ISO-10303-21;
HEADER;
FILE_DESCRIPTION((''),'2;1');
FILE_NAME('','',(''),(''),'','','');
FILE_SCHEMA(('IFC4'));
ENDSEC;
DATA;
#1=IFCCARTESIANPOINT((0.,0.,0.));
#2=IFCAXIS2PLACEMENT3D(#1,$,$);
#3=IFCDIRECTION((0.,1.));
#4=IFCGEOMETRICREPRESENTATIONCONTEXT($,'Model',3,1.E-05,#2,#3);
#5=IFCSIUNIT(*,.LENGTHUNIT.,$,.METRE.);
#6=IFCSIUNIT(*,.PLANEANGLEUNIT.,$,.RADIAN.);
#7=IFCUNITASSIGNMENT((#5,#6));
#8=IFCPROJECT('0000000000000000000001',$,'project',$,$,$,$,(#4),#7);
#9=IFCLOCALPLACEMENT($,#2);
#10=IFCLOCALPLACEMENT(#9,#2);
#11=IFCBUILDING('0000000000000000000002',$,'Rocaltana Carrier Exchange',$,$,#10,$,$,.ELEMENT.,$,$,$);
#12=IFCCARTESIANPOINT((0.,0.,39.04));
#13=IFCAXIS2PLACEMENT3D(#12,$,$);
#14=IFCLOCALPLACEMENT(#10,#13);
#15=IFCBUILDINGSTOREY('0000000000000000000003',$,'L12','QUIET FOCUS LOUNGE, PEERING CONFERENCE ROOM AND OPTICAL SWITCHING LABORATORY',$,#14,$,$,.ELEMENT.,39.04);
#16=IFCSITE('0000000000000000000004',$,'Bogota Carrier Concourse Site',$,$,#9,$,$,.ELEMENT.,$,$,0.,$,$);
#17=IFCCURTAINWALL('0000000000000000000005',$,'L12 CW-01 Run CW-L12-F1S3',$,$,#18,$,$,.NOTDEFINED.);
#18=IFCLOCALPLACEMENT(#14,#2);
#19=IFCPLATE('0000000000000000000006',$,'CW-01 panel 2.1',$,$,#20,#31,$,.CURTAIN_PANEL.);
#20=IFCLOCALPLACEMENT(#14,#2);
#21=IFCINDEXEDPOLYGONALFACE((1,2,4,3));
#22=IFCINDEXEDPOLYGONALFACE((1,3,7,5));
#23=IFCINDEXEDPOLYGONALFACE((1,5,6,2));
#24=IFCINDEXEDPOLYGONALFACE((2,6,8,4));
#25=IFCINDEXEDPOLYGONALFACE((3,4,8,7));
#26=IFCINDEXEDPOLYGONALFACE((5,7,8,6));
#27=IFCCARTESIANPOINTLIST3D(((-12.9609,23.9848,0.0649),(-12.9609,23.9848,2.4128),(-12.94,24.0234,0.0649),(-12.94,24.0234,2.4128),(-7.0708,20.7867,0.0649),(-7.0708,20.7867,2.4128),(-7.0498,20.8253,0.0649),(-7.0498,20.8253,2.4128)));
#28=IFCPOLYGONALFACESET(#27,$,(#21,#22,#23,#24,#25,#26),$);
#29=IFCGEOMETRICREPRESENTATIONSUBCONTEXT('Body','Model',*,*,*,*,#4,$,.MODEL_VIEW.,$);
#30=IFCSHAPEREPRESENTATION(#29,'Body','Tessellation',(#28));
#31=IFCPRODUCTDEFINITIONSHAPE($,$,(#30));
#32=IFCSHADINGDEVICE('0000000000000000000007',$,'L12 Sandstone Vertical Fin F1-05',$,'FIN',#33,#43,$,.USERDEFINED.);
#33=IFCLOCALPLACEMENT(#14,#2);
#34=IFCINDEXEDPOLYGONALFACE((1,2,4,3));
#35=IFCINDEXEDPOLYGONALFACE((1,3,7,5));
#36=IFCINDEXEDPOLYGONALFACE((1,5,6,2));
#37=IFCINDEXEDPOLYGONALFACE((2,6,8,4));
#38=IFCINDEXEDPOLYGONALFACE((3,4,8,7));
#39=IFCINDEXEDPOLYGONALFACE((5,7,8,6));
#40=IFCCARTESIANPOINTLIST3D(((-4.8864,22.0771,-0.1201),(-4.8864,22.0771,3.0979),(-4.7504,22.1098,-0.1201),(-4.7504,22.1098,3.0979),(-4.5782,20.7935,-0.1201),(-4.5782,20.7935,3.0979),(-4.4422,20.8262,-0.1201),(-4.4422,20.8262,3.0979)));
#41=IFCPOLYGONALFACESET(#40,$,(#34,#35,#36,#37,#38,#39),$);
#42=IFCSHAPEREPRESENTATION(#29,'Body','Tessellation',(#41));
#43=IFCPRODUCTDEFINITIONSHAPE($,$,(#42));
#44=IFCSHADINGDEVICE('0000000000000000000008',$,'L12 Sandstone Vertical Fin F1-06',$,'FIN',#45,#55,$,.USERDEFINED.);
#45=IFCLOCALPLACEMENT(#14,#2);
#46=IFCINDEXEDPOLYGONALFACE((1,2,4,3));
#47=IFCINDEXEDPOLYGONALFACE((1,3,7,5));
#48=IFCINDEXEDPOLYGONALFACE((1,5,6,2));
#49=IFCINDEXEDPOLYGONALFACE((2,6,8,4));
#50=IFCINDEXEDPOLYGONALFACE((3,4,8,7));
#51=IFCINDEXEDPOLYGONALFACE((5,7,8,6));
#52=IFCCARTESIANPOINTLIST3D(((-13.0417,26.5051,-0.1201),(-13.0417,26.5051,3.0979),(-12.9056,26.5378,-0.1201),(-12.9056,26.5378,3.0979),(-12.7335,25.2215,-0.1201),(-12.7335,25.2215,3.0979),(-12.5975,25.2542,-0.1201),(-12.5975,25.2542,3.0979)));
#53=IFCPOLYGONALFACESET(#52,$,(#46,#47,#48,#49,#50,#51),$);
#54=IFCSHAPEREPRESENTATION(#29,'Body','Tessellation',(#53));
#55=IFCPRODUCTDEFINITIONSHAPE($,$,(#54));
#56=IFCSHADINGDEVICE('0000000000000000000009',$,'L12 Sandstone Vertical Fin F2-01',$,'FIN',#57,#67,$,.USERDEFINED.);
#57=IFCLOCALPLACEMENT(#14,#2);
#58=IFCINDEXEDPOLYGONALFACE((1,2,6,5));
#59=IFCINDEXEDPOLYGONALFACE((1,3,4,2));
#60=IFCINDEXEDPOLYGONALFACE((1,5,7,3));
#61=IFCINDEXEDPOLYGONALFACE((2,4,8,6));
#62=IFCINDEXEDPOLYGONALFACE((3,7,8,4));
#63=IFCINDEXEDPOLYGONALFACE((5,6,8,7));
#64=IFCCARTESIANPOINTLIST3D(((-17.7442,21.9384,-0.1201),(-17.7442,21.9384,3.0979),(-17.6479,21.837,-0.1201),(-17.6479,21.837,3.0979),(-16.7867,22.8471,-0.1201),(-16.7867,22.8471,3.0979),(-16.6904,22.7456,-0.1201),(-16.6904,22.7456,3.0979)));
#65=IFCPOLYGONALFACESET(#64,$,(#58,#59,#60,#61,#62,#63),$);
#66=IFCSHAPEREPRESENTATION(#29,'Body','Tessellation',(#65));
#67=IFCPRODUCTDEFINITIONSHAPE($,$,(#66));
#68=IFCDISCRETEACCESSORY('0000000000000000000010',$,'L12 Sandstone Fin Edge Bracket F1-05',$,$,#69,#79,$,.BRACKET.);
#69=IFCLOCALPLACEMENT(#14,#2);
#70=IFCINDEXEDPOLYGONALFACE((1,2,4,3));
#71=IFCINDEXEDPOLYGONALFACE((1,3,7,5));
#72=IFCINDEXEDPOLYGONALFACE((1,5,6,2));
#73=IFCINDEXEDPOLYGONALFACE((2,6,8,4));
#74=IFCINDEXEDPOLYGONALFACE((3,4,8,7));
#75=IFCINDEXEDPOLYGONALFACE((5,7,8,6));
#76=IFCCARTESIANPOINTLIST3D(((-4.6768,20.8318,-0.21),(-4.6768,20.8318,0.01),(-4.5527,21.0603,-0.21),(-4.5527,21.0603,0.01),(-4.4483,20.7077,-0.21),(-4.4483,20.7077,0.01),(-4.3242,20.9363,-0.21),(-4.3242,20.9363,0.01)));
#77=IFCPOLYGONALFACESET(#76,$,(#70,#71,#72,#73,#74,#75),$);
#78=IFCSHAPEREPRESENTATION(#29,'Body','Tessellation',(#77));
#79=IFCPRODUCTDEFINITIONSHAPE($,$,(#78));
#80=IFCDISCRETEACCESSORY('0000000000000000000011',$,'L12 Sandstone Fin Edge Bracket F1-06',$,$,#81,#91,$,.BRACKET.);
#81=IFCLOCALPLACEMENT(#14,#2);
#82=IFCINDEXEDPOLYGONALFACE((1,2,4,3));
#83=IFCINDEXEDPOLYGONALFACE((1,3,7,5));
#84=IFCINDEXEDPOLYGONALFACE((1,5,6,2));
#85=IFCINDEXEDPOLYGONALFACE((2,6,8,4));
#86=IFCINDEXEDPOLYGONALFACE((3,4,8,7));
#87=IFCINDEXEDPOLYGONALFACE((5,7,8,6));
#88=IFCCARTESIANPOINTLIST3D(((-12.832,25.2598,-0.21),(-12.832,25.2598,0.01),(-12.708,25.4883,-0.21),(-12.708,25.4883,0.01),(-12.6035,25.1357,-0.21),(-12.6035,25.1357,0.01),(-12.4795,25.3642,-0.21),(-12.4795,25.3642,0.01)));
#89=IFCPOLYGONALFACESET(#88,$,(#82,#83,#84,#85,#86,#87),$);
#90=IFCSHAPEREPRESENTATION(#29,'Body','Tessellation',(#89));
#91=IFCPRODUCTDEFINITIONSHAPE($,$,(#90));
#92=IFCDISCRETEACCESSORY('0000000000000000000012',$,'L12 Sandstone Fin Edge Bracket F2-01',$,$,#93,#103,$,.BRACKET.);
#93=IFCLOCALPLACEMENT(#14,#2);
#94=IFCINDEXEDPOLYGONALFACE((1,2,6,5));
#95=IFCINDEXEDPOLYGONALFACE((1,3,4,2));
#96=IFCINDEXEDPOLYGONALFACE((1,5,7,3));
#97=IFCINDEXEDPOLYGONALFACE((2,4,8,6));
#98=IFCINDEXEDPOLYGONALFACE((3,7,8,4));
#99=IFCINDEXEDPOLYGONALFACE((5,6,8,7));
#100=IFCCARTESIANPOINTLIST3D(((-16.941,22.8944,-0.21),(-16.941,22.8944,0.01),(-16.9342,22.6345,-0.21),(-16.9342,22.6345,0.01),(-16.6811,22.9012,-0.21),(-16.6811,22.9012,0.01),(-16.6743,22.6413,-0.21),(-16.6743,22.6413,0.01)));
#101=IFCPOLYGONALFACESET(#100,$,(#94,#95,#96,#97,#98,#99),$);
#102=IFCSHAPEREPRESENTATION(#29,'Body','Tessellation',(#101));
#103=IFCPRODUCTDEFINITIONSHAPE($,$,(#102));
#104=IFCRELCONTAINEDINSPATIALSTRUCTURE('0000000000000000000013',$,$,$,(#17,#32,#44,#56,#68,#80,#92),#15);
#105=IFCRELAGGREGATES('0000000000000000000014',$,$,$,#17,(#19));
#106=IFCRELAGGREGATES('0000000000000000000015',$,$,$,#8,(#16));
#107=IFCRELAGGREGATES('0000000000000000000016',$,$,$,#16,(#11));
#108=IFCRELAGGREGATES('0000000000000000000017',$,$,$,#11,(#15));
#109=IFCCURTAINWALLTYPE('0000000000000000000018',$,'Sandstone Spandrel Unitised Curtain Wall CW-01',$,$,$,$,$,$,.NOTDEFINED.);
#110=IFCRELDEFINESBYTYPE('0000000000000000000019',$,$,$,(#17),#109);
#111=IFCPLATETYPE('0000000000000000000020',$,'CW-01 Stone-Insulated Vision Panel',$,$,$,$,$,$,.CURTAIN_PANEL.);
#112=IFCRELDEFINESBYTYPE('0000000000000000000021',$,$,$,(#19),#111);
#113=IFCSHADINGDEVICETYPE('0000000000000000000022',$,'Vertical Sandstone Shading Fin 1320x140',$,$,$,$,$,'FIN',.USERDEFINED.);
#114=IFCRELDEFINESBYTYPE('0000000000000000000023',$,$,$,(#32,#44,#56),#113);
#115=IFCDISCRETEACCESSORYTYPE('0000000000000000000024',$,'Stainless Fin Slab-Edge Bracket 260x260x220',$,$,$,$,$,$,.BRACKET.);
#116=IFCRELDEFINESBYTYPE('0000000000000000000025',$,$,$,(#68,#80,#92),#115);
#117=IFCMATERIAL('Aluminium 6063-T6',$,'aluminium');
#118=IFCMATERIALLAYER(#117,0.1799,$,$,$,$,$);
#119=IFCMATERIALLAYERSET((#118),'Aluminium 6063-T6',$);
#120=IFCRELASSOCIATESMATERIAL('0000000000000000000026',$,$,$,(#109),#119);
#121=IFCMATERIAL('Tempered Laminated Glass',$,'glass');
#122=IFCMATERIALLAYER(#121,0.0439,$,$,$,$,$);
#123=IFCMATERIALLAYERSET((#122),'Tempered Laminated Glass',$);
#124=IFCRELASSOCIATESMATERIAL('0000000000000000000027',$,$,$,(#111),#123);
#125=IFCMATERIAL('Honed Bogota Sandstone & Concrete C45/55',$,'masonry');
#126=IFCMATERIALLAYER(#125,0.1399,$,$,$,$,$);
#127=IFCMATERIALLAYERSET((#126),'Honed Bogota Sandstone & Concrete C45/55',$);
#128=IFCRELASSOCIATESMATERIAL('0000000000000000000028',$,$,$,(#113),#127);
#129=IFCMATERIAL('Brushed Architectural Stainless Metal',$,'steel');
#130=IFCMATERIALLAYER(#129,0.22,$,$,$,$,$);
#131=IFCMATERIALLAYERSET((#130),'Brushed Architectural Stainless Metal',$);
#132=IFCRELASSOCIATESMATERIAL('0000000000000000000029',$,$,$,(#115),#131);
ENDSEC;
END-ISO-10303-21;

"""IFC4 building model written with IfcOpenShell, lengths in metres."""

from ifc_helpers import new_model, si_unit, direction, frame, origin, origin_2d, place, context, subcontext, project, spatial, rectangle, extrude, material, layer, layer_set, type_object, element, aggregate, save


model = new_model("IFC4")

# Units and contexts
model_context = context("Model", 3, precision=1e-05, world=origin(), true_north=direction((0.0, 1.0)))
body_context = subcontext(model_context, "Body", "Model", "MODEL_VIEW")
ifc_project = project(units=[si_unit("LENGTHUNIT", "METRE"), si_unit("PLANEANGLEUNIT", "RADIAN")], contexts=[model_context])

# Site, building, storey
site_placement = place(None, origin())
site = spatial("IfcSite", under=ifc_project, at=site_placement, Name="Bogota Carrier Concourse Site", CompositionType="ELEMENT", RefElevation=0.0)
building_placement = place(site_placement, origin())
building = spatial("IfcBuilding", under=site, at=building_placement, Name="Rocaltana Carrier Exchange", CompositionType="ELEMENT")
storey_placement = place(building_placement, frame((0.0, 0.0, 39.04)))
storey = spatial("IfcBuildingStorey", under=building, at=storey_placement, Name="L12", Description="QUIET FOCUS LOUNGE, PEERING CONFERENCE ROOM AND OPTICAL SWITCHING LABORATORY", CompositionType="ELEMENT", Elevation=39.04)

# Curtain wall
ifc_material_1 = material(Name="Aluminium 6063-T6", Category="aluminium")
ifc_layer_1 = layer(ifc_material_1, 0.1799)
ifc_layer_set_1 = layer_set([ifc_layer_1], Name="Aluminium 6063-T6")
curtain_wall_type = type_object("IfcCurtainWallType", Name="Sandstone Spandrel Unitised Curtain Wall CW-01", PredefinedType="NOTDEFINED", material=ifc_layer_set_1)
curtain_wall_1_placement = place(storey_placement, origin())
curtain_wall_1 = element("IfcCurtainWall", 1, at=curtain_wall_1_placement, inside=storey, type_object=curtain_wall_type, Name="L12 CW-01 Run CW-L12-F1S3", PredefinedType="NOTDEFINED")

# Plate
ifc_material_2 = material(Name="Tempered Laminated Glass", Category="glass")
ifc_layer_2 = layer(ifc_material_2, 0.0439)
ifc_layer_set_2 = layer_set([ifc_layer_2], Name="Tempered Laminated Glass")
plate_type = type_object("IfcPlateType", Name="CW-01 Stone-Insulated Vision Panel", PredefinedType="CURTAIN_PANEL", material=ifc_layer_set_2)
plate_placement = place(storey_placement, frame((-10.0054, 22.405, 0.0649), z_axis=(0.0, 0.0, 1.0), x_axis=(-0.878819, 0.477156, 0.0)))
plate = element("IfcPlate", 2, at=plate_placement, type_object=plate_type, Name="CW-01 panel 2.1", PredefinedType="CURTAIN_PANEL", context=body_context, shape_type="SweptSolid", body=[
    extrude(rectangle(XDim=6.7024, YDim=0.0439, at=origin_2d()), origin(), (0.0, 0.0, 1.0), 2.3479),
])
aggregate(curtain_wall_1, [plate])

# Shading devices
ifc_material_3 = material(Name="Honed Bogota Sandstone & Concrete C45/55", Category="masonry")
ifc_layer_3 = layer(ifc_material_3, 0.1399)
ifc_layer_set_3 = layer_set([ifc_layer_3], Name="Honed Bogota Sandstone & Concrete C45/55")
shading_device_type = type_object("IfcShadingDeviceType", Name="Vertical Sandstone Shading Fin 1320x140", ElementType="FIN", PredefinedType="USERDEFINED", material=ifc_layer_set_3)
for number, where, z_axis, x_axis, name in (
    (3, (-4.6643, 21.4517, -0.1201), (0.0, 0.0, 1.0), (-0.233445, 0.97237, 0.0), "L12 Sandstone Vertical Fin F1-05"),
    (4, (-12.8196, 25.8796, -0.1201), (0.0, 0.0, 1.0), (-0.233445, 0.97237, 0.0), "L12 Sandstone Vertical Fin F1-06"),
    (5, (-17.2173, 22.342, -0.1201), (0.0, 0.0, 1.0), (-0.725374, -0.688355, 0.0), "L12 Sandstone Vertical Fin F2-01"),
):
    element("IfcShadingDevice", number, at=place(storey_placement, frame(where, z_axis=z_axis, x_axis=x_axis)), inside=storey, type_object=shading_device_type, Name=name, ObjectType="FIN", PredefinedType="USERDEFINED", context=body_context, shape_type="SweptSolid", body=[
        extrude(rectangle(XDim=1.3201, YDim=0.1399, at=origin_2d()), origin(), (0.0, 0.0, 1.0), 3.218),
    ])

# Discrete accessories
ifc_material_4 = material(Name="Brushed Architectural Stainless Metal", Category="steel")
ifc_layer_4 = layer(ifc_material_4, 0.22)
ifc_layer_set_4 = layer_set([ifc_layer_4], Name="Brushed Architectural Stainless Metal")
discrete_accessory_type = type_object("IfcDiscreteAccessoryType", Name="Stainless Fin Slab-Edge Bracket 260x260x220", PredefinedType="BRACKET", material=ifc_layer_set_4)
for number, where, z_axis, x_axis, name in (
    (6, (-4.5005, 20.884, -0.21), (0.0, 0.0, 1.0), (-0.878817, 0.477159, 0.0), "L12 Sandstone Fin Edge Bracket F1-05"),
    (7, (-12.6558, 25.312, -0.21), (0.0, 0.0, 1.0), (-0.878817, 0.477159, 0.0), "L12 Sandstone Fin Edge Bracket F1-06"),
    (8, (-16.8076, 22.7678, -0.21), (0.0, 0.0, 1.0), (0.026177, -0.999657, 0.0), "L12 Sandstone Fin Edge Bracket F2-01"),
):
    element("IfcDiscreteAccessory", number, at=place(storey_placement, frame(where, z_axis=z_axis, x_axis=x_axis)), inside=storey, type_object=discrete_accessory_type, Name=name, PredefinedType="BRACKET", context=body_context, shape_type="SweptSolid", body=[
        extrude(rectangle(XDim=0.26, YDim=0.26, at=origin_2d()), origin(), (0.0, 0.0, 1.0), 0.22),
    ])

save(model, "model.ifc")
